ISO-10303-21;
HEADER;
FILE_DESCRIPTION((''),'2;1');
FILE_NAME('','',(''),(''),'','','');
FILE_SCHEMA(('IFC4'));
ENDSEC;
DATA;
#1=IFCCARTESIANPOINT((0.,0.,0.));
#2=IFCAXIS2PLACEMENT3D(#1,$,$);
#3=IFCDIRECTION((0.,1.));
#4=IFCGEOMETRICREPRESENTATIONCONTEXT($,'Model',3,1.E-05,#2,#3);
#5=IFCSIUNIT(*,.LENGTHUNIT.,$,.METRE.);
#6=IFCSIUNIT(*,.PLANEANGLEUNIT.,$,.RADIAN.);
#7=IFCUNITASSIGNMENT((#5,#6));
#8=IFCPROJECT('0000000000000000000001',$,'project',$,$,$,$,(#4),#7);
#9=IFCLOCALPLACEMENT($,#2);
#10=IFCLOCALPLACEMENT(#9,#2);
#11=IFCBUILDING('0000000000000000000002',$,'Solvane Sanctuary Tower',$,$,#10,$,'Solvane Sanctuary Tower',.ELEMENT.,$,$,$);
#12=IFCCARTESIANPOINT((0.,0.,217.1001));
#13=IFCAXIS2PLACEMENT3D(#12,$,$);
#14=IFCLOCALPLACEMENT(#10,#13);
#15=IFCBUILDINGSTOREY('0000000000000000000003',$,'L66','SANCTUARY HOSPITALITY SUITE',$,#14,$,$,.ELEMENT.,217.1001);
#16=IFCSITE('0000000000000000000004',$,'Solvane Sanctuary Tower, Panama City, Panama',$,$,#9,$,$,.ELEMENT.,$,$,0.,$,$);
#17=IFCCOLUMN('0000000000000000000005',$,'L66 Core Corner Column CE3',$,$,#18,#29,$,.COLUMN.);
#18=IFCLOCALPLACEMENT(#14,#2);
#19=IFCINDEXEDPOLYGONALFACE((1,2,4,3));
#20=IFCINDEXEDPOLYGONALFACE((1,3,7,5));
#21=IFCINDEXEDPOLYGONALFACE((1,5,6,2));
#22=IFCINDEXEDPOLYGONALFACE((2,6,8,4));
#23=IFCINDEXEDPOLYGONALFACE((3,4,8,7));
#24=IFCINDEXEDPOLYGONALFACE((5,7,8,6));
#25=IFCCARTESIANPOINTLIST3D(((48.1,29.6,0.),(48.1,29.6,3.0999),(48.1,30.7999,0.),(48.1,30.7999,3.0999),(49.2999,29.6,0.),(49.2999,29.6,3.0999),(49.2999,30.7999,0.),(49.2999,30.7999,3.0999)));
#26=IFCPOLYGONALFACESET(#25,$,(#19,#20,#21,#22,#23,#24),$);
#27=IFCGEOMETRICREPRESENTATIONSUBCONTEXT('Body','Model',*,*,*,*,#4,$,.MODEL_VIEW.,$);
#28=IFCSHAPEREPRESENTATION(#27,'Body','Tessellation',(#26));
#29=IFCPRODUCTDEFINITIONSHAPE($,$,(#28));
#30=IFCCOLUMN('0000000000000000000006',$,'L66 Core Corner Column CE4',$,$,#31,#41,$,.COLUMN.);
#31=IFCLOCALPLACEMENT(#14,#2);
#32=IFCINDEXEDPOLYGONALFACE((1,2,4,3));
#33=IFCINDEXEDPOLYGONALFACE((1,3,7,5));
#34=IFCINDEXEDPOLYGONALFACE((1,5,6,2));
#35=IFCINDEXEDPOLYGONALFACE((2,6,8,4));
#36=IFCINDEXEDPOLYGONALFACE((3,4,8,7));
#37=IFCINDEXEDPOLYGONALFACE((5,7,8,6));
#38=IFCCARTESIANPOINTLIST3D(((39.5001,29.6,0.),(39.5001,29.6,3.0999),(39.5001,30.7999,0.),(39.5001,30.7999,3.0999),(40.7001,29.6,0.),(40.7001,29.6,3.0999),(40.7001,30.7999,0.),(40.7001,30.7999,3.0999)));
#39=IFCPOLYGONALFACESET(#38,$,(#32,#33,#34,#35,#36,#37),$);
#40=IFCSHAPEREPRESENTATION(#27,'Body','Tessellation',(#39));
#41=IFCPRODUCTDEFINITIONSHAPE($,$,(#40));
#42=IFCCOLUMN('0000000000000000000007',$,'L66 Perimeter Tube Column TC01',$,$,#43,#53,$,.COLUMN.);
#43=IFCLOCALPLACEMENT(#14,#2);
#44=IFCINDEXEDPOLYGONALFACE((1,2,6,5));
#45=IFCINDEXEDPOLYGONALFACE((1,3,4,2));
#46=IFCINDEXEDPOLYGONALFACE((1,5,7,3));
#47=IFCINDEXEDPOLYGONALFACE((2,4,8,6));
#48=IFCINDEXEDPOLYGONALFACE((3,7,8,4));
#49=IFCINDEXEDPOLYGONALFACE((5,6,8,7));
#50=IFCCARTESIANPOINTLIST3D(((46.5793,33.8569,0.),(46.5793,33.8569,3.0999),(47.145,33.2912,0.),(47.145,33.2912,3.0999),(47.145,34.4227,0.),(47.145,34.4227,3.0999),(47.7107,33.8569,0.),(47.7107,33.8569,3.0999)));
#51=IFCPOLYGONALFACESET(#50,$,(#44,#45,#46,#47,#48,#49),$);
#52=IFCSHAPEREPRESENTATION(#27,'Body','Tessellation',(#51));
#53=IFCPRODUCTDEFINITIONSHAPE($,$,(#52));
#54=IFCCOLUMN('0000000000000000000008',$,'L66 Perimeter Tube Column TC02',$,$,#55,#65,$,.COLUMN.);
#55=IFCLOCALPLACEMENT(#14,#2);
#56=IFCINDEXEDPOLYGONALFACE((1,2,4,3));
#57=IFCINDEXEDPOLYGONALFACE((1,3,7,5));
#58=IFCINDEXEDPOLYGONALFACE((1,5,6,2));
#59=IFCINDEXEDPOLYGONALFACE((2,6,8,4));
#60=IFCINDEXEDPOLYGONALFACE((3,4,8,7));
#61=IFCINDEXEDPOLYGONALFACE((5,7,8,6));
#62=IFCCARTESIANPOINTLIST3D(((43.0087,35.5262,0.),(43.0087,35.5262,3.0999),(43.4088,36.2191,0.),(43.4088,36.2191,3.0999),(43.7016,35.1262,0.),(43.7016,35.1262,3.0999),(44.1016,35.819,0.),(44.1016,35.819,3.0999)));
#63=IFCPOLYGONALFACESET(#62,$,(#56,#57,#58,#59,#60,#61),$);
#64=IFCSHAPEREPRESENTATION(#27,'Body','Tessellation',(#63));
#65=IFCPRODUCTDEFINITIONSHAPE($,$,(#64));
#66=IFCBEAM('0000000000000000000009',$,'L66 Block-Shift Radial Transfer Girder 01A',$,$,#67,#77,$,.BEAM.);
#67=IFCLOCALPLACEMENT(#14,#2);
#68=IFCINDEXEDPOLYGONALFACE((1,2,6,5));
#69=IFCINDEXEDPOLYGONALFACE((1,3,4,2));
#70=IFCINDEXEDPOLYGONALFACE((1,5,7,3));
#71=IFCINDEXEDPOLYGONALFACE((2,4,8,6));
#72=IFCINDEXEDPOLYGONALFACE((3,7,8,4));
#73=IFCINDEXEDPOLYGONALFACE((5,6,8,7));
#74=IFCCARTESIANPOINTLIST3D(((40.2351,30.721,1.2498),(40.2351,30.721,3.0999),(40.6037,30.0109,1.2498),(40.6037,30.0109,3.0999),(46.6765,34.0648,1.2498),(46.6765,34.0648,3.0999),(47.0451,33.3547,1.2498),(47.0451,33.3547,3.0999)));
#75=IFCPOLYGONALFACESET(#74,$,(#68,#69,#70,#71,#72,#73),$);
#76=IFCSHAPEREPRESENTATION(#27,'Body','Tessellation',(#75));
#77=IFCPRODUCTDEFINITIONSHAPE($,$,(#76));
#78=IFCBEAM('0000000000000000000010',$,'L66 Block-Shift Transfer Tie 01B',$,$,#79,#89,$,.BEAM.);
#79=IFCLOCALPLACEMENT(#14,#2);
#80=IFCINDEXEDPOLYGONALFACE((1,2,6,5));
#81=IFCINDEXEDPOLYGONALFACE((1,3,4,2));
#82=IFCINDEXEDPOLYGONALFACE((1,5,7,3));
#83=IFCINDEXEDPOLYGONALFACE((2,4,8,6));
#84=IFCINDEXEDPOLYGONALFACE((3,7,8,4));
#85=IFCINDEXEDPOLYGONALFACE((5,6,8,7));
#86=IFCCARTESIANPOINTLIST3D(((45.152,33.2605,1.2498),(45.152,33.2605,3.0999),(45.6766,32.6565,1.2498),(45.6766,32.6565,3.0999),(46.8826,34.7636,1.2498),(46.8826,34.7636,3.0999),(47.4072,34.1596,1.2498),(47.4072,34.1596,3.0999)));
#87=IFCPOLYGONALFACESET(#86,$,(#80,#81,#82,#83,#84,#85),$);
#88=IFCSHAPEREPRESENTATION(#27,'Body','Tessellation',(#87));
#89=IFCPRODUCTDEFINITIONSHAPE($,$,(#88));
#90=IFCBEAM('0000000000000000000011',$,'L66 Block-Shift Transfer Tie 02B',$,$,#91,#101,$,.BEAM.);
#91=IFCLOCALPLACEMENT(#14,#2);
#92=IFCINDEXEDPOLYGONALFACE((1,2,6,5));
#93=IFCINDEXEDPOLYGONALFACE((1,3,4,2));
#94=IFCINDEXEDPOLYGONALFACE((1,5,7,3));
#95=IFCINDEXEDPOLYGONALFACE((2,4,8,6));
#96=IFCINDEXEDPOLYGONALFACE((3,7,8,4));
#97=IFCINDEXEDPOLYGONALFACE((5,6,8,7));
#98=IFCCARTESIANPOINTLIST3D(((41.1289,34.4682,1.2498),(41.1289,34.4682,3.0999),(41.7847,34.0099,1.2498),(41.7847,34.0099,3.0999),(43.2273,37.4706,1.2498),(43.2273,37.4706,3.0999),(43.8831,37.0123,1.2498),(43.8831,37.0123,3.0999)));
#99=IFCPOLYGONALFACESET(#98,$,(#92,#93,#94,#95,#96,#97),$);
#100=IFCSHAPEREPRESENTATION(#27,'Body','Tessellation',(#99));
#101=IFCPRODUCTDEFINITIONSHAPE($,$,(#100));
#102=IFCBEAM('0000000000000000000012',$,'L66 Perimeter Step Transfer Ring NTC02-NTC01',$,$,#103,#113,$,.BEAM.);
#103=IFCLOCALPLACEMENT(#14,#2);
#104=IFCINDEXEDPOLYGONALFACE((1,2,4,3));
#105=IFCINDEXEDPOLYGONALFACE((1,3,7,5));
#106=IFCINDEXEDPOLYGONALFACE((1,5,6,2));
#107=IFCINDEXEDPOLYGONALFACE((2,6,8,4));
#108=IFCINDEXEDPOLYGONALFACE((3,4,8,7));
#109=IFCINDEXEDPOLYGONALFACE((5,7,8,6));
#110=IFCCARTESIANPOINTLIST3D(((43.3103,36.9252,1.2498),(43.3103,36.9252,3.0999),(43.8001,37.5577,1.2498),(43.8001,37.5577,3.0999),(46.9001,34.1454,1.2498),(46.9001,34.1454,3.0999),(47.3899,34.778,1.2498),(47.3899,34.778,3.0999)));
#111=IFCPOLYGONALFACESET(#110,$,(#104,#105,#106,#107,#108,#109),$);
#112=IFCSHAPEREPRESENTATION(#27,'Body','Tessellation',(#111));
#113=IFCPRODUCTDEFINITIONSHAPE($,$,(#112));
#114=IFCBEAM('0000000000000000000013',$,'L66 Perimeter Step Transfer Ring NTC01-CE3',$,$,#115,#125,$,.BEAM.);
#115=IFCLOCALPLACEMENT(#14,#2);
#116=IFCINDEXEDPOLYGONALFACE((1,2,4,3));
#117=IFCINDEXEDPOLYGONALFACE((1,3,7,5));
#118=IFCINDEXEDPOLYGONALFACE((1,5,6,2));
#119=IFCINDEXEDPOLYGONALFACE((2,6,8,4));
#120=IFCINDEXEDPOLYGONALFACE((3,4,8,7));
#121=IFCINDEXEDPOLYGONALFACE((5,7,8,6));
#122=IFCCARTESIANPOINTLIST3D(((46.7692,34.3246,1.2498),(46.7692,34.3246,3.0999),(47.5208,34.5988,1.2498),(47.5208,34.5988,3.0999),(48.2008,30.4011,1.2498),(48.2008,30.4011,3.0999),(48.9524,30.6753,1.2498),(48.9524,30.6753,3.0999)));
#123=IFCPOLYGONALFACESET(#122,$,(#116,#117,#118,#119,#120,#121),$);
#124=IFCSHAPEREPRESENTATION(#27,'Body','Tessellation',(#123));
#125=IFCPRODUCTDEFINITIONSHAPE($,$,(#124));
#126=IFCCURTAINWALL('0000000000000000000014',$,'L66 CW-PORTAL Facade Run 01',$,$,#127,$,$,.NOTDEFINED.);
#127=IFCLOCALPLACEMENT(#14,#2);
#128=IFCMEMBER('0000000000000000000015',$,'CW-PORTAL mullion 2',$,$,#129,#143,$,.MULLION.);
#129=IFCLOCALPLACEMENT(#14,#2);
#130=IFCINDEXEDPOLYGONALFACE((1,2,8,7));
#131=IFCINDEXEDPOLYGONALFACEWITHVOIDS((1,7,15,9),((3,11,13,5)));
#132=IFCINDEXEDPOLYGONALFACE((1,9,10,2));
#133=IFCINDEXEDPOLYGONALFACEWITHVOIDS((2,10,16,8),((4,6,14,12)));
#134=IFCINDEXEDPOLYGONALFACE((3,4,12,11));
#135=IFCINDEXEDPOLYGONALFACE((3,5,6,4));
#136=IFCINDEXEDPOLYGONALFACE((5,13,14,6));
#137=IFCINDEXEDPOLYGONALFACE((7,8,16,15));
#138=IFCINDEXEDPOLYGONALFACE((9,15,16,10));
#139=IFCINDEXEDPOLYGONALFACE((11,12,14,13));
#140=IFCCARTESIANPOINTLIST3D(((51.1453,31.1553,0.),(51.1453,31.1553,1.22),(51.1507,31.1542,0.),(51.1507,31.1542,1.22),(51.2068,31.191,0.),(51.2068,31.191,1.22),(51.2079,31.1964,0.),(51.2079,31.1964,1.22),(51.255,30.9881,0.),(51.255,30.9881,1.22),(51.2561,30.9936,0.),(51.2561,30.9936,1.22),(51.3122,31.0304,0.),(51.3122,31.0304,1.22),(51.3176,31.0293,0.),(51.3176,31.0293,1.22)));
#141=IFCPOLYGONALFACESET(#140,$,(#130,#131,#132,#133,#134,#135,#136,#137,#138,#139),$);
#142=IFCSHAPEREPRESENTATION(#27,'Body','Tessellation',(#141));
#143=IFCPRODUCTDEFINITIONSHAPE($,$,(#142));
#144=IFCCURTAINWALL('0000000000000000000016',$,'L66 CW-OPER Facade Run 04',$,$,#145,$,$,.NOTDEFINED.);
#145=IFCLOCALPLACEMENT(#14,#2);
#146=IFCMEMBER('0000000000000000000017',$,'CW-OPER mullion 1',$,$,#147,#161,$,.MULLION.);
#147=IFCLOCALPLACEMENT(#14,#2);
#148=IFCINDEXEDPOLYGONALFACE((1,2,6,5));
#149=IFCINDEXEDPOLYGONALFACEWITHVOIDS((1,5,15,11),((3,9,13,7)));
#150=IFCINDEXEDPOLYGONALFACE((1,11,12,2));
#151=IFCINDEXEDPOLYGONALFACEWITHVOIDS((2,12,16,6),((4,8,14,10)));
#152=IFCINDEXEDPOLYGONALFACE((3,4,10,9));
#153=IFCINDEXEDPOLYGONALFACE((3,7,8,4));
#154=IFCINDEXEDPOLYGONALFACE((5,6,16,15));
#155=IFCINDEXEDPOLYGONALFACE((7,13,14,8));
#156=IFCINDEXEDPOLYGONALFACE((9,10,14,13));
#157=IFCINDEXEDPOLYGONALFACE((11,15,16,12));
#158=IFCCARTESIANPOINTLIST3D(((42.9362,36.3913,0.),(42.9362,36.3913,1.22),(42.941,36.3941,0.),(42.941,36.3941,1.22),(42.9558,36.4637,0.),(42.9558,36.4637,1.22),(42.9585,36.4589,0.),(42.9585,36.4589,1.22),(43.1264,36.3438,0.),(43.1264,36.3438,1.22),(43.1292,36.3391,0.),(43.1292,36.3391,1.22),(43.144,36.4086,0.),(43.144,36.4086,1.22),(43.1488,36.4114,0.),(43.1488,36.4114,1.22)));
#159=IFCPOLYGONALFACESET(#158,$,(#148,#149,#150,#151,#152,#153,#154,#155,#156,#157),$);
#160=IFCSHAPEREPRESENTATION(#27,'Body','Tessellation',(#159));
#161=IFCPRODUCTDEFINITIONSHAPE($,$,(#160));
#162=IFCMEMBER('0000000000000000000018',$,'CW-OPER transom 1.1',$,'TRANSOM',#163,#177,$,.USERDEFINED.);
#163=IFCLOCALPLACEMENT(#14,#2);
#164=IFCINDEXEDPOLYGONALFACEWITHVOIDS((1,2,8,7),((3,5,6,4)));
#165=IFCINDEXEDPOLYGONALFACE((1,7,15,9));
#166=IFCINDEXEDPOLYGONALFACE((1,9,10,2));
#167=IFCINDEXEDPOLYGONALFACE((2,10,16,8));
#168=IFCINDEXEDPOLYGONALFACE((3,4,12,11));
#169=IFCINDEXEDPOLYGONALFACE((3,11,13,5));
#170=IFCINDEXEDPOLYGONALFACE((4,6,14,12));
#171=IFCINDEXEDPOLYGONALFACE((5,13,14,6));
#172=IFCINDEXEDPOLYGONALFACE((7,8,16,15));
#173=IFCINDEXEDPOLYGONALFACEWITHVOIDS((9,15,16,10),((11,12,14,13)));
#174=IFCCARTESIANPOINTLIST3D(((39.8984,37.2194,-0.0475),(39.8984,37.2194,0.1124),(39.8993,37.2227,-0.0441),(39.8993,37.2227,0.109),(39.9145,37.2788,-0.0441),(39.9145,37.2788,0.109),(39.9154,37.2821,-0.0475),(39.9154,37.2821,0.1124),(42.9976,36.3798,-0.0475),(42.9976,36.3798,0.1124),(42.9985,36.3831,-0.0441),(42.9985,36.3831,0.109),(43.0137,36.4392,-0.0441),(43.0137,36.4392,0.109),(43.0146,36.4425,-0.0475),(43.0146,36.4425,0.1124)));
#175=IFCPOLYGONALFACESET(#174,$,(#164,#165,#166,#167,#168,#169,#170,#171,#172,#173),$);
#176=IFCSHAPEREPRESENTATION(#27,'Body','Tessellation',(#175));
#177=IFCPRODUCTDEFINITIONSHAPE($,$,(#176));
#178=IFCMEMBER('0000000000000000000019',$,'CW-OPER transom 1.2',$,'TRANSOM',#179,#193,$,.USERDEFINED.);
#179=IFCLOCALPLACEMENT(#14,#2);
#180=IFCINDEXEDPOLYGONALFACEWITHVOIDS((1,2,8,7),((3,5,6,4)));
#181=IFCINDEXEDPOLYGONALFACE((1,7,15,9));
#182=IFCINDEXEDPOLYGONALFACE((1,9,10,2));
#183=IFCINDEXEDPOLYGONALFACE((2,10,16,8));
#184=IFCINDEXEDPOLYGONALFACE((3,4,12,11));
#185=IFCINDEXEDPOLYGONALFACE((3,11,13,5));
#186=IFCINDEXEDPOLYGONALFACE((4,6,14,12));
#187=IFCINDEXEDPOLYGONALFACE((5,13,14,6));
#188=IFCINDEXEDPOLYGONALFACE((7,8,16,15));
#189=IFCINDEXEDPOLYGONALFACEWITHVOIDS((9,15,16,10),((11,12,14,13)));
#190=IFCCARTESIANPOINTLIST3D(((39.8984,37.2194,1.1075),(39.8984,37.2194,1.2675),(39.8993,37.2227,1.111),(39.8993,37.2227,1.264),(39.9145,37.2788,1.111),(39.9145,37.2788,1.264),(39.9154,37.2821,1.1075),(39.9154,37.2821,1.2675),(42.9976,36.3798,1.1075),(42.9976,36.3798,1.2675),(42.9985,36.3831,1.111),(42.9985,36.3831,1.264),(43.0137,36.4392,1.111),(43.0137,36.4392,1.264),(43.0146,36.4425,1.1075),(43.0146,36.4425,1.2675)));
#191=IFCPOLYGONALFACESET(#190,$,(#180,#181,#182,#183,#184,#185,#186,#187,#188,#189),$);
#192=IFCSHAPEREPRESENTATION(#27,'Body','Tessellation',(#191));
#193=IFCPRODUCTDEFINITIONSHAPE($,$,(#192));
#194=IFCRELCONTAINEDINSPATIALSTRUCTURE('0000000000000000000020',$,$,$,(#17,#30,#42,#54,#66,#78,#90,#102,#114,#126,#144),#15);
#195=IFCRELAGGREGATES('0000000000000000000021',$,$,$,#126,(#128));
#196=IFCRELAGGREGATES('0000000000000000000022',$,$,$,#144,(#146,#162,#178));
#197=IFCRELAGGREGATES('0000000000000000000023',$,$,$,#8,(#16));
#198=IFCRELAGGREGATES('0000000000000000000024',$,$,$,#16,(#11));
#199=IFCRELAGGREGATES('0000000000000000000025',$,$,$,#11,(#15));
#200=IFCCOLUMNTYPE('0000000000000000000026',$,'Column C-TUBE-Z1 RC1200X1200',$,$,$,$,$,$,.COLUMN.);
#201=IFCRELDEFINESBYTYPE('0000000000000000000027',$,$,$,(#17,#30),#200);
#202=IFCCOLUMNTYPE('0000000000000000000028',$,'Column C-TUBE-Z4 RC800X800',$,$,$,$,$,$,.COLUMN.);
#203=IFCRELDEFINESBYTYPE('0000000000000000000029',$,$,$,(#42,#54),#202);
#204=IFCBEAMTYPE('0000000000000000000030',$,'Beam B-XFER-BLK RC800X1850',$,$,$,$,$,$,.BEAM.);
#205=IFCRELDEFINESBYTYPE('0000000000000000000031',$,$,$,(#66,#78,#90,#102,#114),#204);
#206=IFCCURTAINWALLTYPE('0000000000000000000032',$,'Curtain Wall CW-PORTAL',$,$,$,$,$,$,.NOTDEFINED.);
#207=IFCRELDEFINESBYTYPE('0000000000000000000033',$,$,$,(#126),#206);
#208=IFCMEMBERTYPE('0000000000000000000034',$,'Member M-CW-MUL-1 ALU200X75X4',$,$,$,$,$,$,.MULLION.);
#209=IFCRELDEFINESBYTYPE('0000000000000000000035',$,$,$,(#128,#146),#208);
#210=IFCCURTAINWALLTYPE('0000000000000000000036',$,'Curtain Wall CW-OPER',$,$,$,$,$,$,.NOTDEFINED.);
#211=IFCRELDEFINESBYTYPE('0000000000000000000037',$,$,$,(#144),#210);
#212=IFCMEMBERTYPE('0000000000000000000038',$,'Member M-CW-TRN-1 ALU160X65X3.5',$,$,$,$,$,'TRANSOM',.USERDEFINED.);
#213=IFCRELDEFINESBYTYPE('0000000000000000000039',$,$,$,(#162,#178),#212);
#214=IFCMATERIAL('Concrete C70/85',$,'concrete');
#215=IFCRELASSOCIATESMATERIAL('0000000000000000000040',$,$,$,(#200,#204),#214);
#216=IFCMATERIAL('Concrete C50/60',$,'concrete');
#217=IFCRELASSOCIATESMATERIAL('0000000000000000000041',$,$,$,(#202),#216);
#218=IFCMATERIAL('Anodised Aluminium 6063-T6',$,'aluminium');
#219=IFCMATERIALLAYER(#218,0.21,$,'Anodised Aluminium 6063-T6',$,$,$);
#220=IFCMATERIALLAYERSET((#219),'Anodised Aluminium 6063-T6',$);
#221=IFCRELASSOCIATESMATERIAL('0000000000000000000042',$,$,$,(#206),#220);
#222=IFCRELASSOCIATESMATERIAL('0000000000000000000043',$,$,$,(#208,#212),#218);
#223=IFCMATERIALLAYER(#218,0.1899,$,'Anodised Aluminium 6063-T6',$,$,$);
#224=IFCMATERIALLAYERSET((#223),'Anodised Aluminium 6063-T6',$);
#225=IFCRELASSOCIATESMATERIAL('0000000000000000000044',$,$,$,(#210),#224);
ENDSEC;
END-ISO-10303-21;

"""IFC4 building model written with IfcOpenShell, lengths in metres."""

from ifc_helpers import new_model, si_unit, direction, frame, origin, origin_2d, place, context, subcontext, project, spatial, rectangle, hollow_rectangle, extrude, material, layer, layer_set, material_profile, profile_set, type_object, element, aggregate, save


model = new_model("IFC4")

# Units and contexts
model_context = context("Model", 3, precision=1e-05, world=origin(), true_north=direction((0.0, 1.0)))
body_context = subcontext(model_context, "Body", "Model", "MODEL_VIEW")
ifc_project = project(units=[si_unit("LENGTHUNIT", "METRE"), si_unit("PLANEANGLEUNIT", "RADIAN")], contexts=[model_context])

# Site, building, storey
site_placement = place(None, origin())
site = spatial("IfcSite", under=ifc_project, at=site_placement, Name="Solvane Sanctuary Tower, Panama City, Panama", CompositionType="ELEMENT", RefElevation=0.0)
building_placement = place(site_placement, origin())
building = spatial("IfcBuilding", under=site, at=building_placement, Name="Solvane Sanctuary Tower", LongName="Solvane Sanctuary Tower", CompositionType="ELEMENT")
storey_placement = place(building_placement, frame((0.0, 0.0, 217.1001)))
storey = spatial("IfcBuildingStorey", under=building, at=storey_placement, Name="L66", Description="SANCTUARY HOSPITALITY SUITE", CompositionType="ELEMENT", Elevation=217.1001)

# Columns
ifc_material_1 = material(Name="Concrete C70/85", Category="concrete")
ifc_material_profile_1 = material_profile(ifc_material_1, rectangle(XDim=1.2, YDim=1.2, at=origin_2d()), Name="RC1200X1200")
ifc_profile_set_1 = profile_set([ifc_material_profile_1], Name="Concrete C70/85")
column_type_1 = type_object("IfcColumnType", Name="Column C-TUBE-Z1 RC1200X1200", PredefinedType="COLUMN", material=ifc_profile_set_1)
for number, where, z_axis, x_axis, name in (
    (1, (48.7, 30.2, 0.0), (0.0, 0.0, 1.0), (1.0, 0.0, 0.0), "L66 Core Corner Column CE3"),
    (2, (40.1001, 30.2, 0.0), (0.0, 0.0, 1.0), (1.0, 0.0, 0.0), "L66 Core Corner Column CE4"),
):
    element("IfcColumn", number, at=place(storey_placement, frame(where, z_axis=z_axis, x_axis=x_axis)), inside=storey, type_object=column_type_1, Name=name, PredefinedType="COLUMN", context=body_context, shape_type="SweptSolid", body=[
        extrude(rectangle(XDim=1.2, YDim=1.2, at=origin_2d()), origin(), (0.0, 0.0, 1.0), 3.0999),
    ])
ifc_material_2 = material(Name="Concrete C50/60", Category="concrete")
ifc_material_profile_2 = material_profile(ifc_material_2, rectangle(XDim=0.8, YDim=0.8, at=origin_2d()), Name="RC800X800")
ifc_profile_set_2 = profile_set([ifc_material_profile_2], Name="Concrete C50/60")
column_type_2 = type_object("IfcColumnType", Name="Column C-TUBE-Z4 RC800X800", PredefinedType="COLUMN", material=ifc_profile_set_2)
for number, where, z_axis, x_axis, name in (
    (3, (47.145, 33.8569, 0.0), (0.0, 0.0, 1.0), (0.707107, 0.707107, 0.0), "L66 Perimeter Tube Column TC01"),
    (4, (43.5552, 35.6726, 0.0), (0.0, 0.0, 1.0), (0.5, 0.866025, 0.0), "L66 Perimeter Tube Column TC02"),
):
    element("IfcColumn", number, at=place(storey_placement, frame(where, z_axis=z_axis, x_axis=x_axis)), inside=storey, type_object=column_type_2, Name=name, PredefinedType="COLUMN", context=body_context, shape_type="SweptSolid", body=[
        extrude(rectangle(XDim=0.8, YDim=0.8, at=origin_2d()), origin(), (0.0, 0.0, 1.0), 3.0999),
    ])

# Beams
ifc_material_profile_3 = material_profile(ifc_material_1, rectangle(XDim=0.8, YDim=1.8501, at=origin_2d()), Name="RC800X1850")
ifc_profile_set_3 = profile_set([ifc_material_profile_3], Name="Concrete C70/85")
beam_type = type_object("IfcBeamType", Name="Beam B-XFER-BLK RC800X1850", PredefinedType="BEAM", material=ifc_profile_set_3)
beam_1_placement = place(storey_placement, frame((40.4194, 30.366, 2.1748), z_axis=(0.887543, 0.460726, 0.0), x_axis=(-0.460726, 0.887543, 0.0)))
element("IfcBeam", 5, at=beam_1_placement, inside=storey, type_object=beam_type, Name="L66 Block-Shift Radial Transfer Girder 01A", PredefinedType="BEAM", context=body_context, shape_type="SweptSolid", body=[
    extrude(rectangle(XDim=0.8, YDim=1.8501, at=origin_2d()), origin(), (0.0, 0.0, 1.0), 7.2576),
])
beam_2_placement = place(storey_placement, frame((45.4143, 32.9585, 2.1748), z_axis=(0.754993, 0.655733, 0.0), x_axis=(-0.655733, 0.754993, 0.0)))
element("IfcBeam", 6, at=beam_2_placement, inside=storey, type_object=beam_type, Name="L66 Block-Shift Transfer Tie 01B", PredefinedType="BEAM", context=body_context, shape_type="SweptSolid", body=[
    extrude(rectangle(XDim=0.8, YDim=1.8501, at=origin_2d()), origin(), (0.0, 0.0, 1.0), 2.2922),
])
beam_3_placement = place(storey_placement, frame((41.4568, 34.239, 2.1748), z_axis=(0.572854, 0.819658, 0.0), x_axis=(-0.819658, 0.572854, 0.0)))
element("IfcBeam", 7, at=beam_3_placement, inside=storey, type_object=beam_type, Name="L66 Block-Shift Transfer Tie 02B", PredefinedType="BEAM", context=body_context, shape_type="SweptSolid", body=[
    extrude(rectangle(XDim=0.8, YDim=1.8501, at=origin_2d()), origin(), (0.0, 0.0, 1.0), 3.6631),
])
beam_4_placement = place(storey_placement, frame((43.5552, 37.2415, 2.1748), z_axis=(0.790665, -0.612249, 0.0), x_axis=(0.612249, 0.790665, 0.0)))
element("IfcBeam", 8, at=beam_4_placement, inside=storey, type_object=beam_type, Name="L66 Perimeter Step Transfer Ring NTC02-NTC01", PredefinedType="BEAM", context=body_context, shape_type="SweptSolid", body=[
    extrude(rectangle(XDim=0.8, YDim=1.8501, at=origin_2d()), origin(), (0.0, 0.0, 1.0), 4.5403),
])
beam_5_placement = place(storey_placement, frame((47.145, 34.4617, 2.1748), z_axis=(0.342775, -0.939417, 0.0), x_axis=(0.939417, 0.342775, 0.0)))
element("IfcBeam", 9, at=beam_5_placement, inside=storey, type_object=beam_type, Name="L66 Perimeter Step Transfer Ring NTC01-CE3", PredefinedType="BEAM", context=body_context, shape_type="SweptSolid", body=[
    extrude(rectangle(XDim=0.8, YDim=1.8501, at=origin_2d()), origin(), (0.0, 0.0, 1.0), 4.1765),
])

# Curtain wall, member
ifc_material_3 = material(Name="Anodised Aluminium 6063-T6", Category="aluminium")
ifc_layer_1 = layer(ifc_material_3, 0.21, Name="Anodised Aluminium 6063-T6")
ifc_layer_set_1 = layer_set([ifc_layer_1], Name="Anodised Aluminium 6063-T6")
curtain_wall_type_1 = type_object("IfcCurtainWallType", Name="Curtain Wall CW-PORTAL", PredefinedType="NOTDEFINED", material=ifc_layer_set_1)
curtain_wall_1_placement = place(storey_placement, origin())
curtain_wall_1 = element("IfcCurtainWall", 10, at=curtain_wall_1_placement, inside=storey, type_object=curtain_wall_type_1, Name="L66 CW-PORTAL Facade Run 01", PredefinedType="NOTDEFINED")
ifc_material_profile_4 = material_profile(ifc_material_3, hollow_rectangle(XDim=0.075, YDim=0.2, WallThickness=0.0039, at=origin_2d()), Name="ALU200X75X4")
ifc_profile_set_4 = profile_set([ifc_material_profile_4], Name="Anodised Aluminium 6063-T6")
member_type_1 = type_object("IfcMemberType", Name="Member M-CW-MUL-1 ALU200X75X4", PredefinedType="MULLION", material=ifc_profile_set_4)
member_1_placement = place(storey_placement, frame((51.2314, 31.0923, 0.0), z_axis=(0.0, 0.0, 1.0), x_axis=(-0.835959, -0.548792, 0.0)))
member_1 = element("IfcMember", 11, at=member_1_placement, type_object=member_type_1, Name="CW-PORTAL mullion 2", PredefinedType="MULLION", context=body_context, shape_type="SweptSolid", body=[
    extrude(hollow_rectangle(XDim=0.075, YDim=0.2, WallThickness=0.0039, at=origin_2d()), origin(), (0.0, 0.0, 1.0), 1.22),
])

# Curtain wall, members
ifc_layer_2 = layer(ifc_material_3, 0.1899, Name="Anodised Aluminium 6063-T6")
ifc_layer_set_2 = layer_set([ifc_layer_2], Name="Anodised Aluminium 6063-T6")
curtain_wall_type_2 = type_object("IfcCurtainWallType", Name="Curtain Wall CW-OPER", PredefinedType="NOTDEFINED", material=ifc_layer_set_2)
curtain_wall_2_placement = place(storey_placement, origin())
curtain_wall_2 = element("IfcCurtainWall", 12, at=curtain_wall_2_placement, inside=storey, type_object=curtain_wall_type_2, Name="L66 CW-OPER Facade Run 04", PredefinedType="NOTDEFINED")
member_2_placement = place(storey_placement, frame((43.0425, 36.4014, 0.0), z_axis=(0.0, 0.0, 1.0), x_axis=(-0.261468, -0.965212, 0.0)))
member_2 = element("IfcMember", 13, at=member_2_placement, type_object=member_type_1, Name="CW-OPER mullion 1", PredefinedType="MULLION", context=body_context, shape_type="SweptSolid", body=[
    extrude(hollow_rectangle(XDim=0.075, YDim=0.2, WallThickness=0.0039, at=origin_2d()), origin(), (0.0, 0.0, 1.0), 1.22),
])
ifc_material_profile_5 = material_profile(ifc_material_3, hollow_rectangle(XDim=0.0649, YDim=0.1599, WallThickness=0.0034, at=origin_2d()), Name="ALU160X65X3.5")
ifc_profile_set_5 = profile_set([ifc_material_profile_5], Name="Anodised Aluminium 6063-T6")
member_type_2 = type_object("IfcMemberType", Name="Member M-CW-TRN-1 ALU160X65X3.5", ElementType="TRANSOM", PredefinedType="USERDEFINED", material=ifc_profile_set_5)
member_3_placement = place(storey_placement, frame((43.0061, 36.4111, 0.0325), z_axis=(-0.965206, 0.261489, 0.0), x_axis=(-0.261489, -0.965206, 0.0)))
member_3 = element("IfcMember", 14, at=member_3_placement, type_object=member_type_2, Name="CW-OPER transom 1.1", ObjectType="TRANSOM", PredefinedType="USERDEFINED", context=body_context, shape_type="SweptSolid", body=[
    extrude(hollow_rectangle(XDim=0.0649, YDim=0.1599, WallThickness=0.0034, at=origin_2d()), origin(), (0.0, 0.0, 1.0), 3.2109),
])
member_4_placement = place(storey_placement, frame((43.0061, 36.4111, 1.1875), z_axis=(-0.965206, 0.261489, 0.0), x_axis=(-0.261489, -0.965206, 0.0)))
member_4 = element("IfcMember", 15, at=member_4_placement, type_object=member_type_2, Name="CW-OPER transom 1.2", ObjectType="TRANSOM", PredefinedType="USERDEFINED", context=body_context, shape_type="SweptSolid", body=[
    extrude(hollow_rectangle(XDim=0.0649, YDim=0.1599, WallThickness=0.0034, at=origin_2d()), origin(), (0.0, 0.0, 1.0), 3.2109),
])

aggregate(curtain_wall_1, [member_1])
aggregate(curtain_wall_2, [member_2, member_3, member_4])

save(model, "model.ifc")
